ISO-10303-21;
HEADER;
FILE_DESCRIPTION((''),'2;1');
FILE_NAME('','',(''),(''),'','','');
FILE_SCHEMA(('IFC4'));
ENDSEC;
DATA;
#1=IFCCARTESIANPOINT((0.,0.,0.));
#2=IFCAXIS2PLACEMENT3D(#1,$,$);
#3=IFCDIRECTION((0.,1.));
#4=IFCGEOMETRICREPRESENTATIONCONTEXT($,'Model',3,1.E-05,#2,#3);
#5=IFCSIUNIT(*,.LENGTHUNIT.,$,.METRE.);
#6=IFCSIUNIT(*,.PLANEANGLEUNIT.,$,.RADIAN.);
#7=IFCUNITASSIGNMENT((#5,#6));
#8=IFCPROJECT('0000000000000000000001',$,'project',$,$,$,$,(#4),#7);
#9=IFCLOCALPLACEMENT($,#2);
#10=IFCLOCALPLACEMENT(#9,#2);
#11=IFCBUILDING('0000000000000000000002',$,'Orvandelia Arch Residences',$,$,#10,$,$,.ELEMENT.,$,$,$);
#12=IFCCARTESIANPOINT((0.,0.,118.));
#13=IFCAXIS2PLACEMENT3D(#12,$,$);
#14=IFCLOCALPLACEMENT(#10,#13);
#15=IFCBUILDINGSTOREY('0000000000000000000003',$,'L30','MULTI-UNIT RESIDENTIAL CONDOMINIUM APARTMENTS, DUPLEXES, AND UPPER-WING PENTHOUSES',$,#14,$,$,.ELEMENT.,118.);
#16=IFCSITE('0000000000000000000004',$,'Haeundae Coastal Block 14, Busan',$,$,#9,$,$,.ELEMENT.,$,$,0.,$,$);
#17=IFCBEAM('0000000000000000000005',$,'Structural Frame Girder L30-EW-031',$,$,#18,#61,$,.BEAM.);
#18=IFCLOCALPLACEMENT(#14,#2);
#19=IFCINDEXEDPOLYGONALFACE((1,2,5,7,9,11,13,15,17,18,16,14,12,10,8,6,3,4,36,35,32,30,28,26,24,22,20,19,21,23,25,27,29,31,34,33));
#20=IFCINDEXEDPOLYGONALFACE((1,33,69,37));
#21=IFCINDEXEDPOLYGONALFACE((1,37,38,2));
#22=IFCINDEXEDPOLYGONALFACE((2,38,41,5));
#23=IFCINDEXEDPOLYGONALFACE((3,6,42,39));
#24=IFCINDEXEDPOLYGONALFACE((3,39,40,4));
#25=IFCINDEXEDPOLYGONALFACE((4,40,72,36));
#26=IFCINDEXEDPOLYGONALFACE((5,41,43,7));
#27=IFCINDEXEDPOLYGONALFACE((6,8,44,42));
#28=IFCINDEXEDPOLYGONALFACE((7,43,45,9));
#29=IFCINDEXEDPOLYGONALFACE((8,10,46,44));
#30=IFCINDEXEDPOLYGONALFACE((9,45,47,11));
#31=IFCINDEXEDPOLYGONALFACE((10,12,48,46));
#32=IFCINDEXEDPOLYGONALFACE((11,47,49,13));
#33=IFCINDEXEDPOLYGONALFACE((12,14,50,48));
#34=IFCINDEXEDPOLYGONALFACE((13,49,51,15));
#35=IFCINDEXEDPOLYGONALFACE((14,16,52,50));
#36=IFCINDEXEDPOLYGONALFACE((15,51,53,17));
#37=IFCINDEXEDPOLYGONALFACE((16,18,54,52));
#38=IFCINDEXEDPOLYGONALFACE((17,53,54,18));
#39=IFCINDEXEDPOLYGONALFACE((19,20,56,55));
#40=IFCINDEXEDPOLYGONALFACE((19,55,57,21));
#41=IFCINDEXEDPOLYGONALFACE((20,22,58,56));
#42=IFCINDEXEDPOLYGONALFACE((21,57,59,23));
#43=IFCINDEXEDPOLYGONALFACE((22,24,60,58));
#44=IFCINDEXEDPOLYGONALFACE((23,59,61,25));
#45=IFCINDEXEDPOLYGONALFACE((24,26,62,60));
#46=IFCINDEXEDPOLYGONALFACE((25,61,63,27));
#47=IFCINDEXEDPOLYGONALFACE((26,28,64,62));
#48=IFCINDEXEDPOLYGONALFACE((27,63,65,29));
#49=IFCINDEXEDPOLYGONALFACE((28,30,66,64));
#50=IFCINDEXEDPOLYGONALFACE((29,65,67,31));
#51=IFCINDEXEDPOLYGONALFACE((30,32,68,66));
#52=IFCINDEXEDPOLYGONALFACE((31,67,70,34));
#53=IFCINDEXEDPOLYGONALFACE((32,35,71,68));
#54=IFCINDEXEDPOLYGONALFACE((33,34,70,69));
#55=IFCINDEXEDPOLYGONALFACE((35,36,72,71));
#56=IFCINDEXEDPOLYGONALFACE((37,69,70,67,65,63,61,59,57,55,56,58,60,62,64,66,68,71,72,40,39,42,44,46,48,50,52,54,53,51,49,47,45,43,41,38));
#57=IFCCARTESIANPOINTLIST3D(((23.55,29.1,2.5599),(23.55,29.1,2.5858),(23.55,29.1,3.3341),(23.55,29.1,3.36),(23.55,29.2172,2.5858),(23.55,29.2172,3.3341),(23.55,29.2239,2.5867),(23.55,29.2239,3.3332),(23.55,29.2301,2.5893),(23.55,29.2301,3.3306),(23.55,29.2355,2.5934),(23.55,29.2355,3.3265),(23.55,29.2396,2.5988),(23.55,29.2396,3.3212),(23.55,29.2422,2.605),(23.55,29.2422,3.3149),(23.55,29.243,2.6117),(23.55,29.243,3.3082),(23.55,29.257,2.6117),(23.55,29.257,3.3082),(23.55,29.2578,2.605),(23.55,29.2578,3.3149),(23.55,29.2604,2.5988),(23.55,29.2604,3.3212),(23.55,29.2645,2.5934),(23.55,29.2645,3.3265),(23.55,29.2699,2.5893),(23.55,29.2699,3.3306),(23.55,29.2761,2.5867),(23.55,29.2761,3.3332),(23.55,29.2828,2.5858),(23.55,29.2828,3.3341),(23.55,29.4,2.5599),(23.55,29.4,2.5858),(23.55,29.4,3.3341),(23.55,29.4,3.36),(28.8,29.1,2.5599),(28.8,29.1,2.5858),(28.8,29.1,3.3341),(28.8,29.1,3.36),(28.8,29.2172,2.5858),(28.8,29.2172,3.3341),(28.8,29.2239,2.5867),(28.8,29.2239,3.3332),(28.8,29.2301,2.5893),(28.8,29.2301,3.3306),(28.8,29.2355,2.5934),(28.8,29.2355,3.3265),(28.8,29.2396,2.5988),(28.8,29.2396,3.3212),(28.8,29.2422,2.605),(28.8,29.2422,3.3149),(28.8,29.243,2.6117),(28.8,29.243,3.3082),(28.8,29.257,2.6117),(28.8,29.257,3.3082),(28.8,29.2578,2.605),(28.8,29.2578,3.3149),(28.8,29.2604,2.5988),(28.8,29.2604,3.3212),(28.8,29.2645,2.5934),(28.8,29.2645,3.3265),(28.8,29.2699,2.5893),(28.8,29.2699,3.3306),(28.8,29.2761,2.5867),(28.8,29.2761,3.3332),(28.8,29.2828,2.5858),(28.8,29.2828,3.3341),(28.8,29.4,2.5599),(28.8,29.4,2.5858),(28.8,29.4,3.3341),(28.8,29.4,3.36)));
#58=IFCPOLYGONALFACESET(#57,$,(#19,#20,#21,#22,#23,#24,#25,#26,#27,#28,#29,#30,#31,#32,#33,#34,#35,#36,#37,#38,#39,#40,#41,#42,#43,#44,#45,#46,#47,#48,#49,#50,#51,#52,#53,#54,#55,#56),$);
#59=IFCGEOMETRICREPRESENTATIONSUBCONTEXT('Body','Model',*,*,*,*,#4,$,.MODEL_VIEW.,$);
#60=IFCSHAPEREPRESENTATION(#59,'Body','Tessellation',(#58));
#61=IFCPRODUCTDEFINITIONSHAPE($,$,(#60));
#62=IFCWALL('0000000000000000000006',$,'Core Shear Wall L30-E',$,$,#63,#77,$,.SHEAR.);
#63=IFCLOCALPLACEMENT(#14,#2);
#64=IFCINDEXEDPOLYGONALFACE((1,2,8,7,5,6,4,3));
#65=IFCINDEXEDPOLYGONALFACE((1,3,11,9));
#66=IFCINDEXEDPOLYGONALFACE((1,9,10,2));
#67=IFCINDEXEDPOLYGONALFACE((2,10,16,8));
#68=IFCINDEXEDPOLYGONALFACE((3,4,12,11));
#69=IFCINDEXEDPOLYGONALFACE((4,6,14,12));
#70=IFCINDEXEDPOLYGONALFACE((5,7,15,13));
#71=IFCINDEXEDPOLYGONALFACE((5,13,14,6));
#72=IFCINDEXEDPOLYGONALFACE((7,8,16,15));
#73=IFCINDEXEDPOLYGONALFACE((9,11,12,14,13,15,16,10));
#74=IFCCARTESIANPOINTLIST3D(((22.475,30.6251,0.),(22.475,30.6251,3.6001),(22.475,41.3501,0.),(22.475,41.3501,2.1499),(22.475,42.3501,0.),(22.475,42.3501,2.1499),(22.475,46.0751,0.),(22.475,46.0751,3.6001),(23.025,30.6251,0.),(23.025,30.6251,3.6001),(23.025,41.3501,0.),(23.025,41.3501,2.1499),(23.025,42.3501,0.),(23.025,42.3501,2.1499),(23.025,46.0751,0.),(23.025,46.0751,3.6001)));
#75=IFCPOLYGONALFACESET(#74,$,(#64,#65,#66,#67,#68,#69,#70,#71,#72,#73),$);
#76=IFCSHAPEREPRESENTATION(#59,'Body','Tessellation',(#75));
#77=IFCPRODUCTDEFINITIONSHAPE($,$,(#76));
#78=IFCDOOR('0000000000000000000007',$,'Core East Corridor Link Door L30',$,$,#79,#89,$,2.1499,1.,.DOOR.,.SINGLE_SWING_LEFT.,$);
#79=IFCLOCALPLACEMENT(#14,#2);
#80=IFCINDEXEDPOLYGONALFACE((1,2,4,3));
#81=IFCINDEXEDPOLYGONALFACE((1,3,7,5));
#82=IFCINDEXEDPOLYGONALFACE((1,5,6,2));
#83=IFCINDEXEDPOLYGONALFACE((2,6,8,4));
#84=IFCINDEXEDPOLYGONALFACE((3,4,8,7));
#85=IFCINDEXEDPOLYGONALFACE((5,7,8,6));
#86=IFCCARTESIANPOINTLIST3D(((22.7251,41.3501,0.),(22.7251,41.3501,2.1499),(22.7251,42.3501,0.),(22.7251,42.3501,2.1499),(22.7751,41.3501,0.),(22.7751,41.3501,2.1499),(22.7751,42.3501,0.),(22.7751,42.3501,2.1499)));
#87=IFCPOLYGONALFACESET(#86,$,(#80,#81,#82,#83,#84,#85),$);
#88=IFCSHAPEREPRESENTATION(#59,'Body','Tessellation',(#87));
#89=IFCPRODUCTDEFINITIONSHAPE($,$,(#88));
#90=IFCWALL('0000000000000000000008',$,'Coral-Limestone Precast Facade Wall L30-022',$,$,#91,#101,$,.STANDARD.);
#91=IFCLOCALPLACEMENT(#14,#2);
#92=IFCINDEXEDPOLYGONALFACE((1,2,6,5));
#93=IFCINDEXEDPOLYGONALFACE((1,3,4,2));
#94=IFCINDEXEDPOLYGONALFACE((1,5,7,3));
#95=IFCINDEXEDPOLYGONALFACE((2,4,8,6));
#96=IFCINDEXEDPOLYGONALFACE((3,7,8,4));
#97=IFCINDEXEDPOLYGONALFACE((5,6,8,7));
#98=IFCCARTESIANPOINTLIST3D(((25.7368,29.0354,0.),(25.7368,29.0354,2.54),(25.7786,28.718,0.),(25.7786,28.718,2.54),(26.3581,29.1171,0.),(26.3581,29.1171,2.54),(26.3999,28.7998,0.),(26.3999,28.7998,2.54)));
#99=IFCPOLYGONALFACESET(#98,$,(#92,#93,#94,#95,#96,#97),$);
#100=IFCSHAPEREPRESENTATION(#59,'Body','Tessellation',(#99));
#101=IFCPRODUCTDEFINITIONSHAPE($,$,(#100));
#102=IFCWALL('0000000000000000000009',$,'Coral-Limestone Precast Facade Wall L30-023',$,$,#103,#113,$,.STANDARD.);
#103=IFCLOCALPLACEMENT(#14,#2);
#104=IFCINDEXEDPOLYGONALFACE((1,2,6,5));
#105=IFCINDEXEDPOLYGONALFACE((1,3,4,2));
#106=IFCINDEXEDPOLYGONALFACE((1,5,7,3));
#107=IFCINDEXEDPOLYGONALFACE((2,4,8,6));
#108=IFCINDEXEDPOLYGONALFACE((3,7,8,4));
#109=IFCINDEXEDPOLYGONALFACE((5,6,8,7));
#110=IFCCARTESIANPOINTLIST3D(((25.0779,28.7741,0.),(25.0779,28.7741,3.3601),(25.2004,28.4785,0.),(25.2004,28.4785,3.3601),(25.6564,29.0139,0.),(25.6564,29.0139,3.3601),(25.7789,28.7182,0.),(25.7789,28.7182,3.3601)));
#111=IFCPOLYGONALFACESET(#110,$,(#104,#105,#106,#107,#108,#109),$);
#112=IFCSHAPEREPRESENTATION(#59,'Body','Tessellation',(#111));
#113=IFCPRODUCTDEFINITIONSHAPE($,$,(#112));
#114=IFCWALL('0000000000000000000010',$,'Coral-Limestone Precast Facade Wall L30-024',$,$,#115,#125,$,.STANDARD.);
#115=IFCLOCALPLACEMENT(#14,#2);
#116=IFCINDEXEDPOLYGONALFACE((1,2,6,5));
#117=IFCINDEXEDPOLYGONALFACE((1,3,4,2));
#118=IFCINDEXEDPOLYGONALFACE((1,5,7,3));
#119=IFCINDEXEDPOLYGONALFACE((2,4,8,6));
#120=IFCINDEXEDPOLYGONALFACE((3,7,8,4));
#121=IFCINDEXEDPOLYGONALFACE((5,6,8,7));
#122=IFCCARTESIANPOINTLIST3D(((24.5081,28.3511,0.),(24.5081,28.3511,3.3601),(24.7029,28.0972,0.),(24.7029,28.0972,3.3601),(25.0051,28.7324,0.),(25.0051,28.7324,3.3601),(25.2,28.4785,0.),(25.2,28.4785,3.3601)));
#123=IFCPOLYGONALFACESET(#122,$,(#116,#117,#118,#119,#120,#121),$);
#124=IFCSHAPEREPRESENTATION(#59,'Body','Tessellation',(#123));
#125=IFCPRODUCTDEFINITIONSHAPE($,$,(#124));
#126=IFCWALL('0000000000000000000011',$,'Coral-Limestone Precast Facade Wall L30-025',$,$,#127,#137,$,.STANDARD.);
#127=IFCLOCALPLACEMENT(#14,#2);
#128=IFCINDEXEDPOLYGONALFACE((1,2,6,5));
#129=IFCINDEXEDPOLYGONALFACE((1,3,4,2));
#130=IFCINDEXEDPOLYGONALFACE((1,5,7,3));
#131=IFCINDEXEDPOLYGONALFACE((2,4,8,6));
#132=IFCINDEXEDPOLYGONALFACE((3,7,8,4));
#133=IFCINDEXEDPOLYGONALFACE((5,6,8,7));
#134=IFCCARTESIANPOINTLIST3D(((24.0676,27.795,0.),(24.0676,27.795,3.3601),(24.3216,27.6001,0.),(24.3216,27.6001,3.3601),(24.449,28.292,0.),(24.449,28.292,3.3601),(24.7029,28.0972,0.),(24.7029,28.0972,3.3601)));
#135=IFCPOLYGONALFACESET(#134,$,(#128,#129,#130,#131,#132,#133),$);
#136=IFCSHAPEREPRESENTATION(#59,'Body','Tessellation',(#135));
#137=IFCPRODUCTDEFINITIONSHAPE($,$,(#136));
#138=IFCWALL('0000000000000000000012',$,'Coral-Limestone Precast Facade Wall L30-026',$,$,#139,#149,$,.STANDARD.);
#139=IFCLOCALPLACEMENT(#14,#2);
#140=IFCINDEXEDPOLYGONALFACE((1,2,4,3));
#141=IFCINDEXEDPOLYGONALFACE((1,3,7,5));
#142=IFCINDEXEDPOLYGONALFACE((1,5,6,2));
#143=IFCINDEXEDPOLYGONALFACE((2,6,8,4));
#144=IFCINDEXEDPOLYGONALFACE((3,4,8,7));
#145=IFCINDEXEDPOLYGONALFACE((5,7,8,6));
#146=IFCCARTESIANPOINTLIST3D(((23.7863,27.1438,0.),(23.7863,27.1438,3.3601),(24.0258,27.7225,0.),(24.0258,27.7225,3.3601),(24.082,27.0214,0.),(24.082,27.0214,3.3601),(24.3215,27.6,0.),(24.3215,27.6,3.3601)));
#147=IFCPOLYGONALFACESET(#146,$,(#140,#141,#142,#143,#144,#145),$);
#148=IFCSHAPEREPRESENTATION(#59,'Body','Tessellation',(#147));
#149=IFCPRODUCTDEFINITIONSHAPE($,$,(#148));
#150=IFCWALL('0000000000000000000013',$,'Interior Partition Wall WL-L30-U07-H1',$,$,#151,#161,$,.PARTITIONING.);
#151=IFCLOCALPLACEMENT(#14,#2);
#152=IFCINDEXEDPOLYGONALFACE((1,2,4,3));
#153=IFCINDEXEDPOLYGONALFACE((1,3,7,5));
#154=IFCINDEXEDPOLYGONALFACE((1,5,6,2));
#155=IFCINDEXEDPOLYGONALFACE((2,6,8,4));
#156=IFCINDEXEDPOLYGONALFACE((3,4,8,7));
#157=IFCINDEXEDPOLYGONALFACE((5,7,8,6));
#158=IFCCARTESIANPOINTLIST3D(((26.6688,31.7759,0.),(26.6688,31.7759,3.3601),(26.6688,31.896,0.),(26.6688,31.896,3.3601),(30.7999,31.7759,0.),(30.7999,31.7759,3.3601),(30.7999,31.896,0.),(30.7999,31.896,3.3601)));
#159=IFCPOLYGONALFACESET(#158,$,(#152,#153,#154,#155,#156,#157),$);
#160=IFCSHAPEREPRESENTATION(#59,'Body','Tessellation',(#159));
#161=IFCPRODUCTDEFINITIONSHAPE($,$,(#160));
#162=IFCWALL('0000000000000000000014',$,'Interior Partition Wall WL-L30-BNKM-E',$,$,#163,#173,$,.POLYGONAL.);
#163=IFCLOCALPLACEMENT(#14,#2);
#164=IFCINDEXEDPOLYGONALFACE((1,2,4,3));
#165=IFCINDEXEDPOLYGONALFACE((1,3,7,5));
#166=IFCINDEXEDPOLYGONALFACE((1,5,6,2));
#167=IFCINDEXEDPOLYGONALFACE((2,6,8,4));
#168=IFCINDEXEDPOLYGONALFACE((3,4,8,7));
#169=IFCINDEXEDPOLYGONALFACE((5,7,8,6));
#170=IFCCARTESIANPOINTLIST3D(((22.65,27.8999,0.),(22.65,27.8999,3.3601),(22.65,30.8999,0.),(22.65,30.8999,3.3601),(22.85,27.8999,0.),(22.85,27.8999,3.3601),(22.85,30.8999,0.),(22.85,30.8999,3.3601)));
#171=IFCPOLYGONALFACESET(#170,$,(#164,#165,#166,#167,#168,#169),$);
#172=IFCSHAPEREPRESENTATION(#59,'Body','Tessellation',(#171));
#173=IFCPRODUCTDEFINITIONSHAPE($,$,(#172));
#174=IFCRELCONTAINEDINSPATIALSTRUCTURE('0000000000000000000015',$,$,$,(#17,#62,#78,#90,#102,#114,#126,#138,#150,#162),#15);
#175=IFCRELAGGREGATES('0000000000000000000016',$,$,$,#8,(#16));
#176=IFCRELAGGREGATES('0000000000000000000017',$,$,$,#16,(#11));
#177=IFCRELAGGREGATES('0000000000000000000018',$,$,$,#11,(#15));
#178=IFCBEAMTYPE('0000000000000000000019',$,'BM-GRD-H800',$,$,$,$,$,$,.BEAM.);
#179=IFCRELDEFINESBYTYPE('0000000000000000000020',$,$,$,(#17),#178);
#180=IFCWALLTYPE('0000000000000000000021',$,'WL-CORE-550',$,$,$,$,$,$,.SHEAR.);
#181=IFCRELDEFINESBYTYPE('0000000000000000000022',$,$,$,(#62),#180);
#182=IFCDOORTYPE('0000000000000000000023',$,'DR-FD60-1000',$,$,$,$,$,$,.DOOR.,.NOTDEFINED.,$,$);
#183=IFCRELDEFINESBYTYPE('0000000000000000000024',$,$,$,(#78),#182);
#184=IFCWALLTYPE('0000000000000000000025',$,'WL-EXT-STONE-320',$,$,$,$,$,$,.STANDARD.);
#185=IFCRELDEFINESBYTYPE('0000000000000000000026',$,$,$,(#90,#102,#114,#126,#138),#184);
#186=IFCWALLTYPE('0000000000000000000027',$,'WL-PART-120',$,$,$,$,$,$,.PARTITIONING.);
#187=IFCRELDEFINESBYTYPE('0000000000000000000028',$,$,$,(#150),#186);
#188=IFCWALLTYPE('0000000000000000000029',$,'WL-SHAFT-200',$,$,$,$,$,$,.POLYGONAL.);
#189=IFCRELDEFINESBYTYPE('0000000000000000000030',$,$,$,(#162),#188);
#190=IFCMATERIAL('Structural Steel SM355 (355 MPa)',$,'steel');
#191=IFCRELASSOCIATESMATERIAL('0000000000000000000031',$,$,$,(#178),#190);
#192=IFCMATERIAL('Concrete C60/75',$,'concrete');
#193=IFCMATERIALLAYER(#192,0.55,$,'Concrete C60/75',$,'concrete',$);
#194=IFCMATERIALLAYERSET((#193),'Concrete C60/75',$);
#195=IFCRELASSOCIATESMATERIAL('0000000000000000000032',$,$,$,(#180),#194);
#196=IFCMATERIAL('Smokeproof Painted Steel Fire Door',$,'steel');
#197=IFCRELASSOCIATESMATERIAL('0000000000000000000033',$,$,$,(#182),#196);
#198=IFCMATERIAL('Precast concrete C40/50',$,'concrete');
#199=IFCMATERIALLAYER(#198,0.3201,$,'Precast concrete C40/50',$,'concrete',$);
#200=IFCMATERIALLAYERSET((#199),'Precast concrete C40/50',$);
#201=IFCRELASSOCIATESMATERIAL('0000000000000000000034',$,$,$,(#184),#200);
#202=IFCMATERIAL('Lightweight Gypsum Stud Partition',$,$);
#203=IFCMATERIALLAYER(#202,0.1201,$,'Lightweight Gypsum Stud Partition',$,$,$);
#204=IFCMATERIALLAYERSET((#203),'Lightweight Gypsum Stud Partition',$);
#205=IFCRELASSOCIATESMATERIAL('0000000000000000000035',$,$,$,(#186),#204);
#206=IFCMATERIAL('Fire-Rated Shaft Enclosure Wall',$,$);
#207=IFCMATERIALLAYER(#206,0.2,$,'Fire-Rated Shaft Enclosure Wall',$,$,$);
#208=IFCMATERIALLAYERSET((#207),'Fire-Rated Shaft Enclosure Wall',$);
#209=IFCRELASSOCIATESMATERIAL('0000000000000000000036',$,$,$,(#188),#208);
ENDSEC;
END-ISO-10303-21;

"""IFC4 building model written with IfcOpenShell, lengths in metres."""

from ifc_helpers import new_model, si_unit, direction, frame, frame_2d, origin, origin_2d, place, context, subcontext, project, spatial, rectangle, i_section, extrude, material, layer, layer_set, material_profile, profile_set, type_object, element, fill, save


model = new_model("IFC4")

# Units and contexts
model_context = context("Model", 3, precision=1e-05, world=origin(), true_north=direction((0.0, 1.0)))
body_context = subcontext(model_context, "Body", "Model", "MODEL_VIEW")
ifc_project = project(units=[si_unit("LENGTHUNIT", "METRE"), si_unit("PLANEANGLEUNIT", "RADIAN")], contexts=[model_context])

# Site, building, storey
site_placement = place(None, origin())
site = spatial("IfcSite", under=ifc_project, at=site_placement, Name="Haeundae Coastal Block 14, Busan", CompositionType="ELEMENT", RefElevation=0.0)
building_placement = place(site_placement, origin())
building = spatial("IfcBuilding", under=site, at=building_placement, Name="Orvandelia Arch Residences", CompositionType="ELEMENT")
storey_placement = place(building_placement, frame((0.0, 0.0, 118.0)))
storey = spatial("IfcBuildingStorey", under=building, at=storey_placement, Name="L30", Description="MULTI-UNIT RESIDENTIAL CONDOMINIUM APARTMENTS, DUPLEXES, AND UPPER-WING PENTHOUSES", CompositionType="ELEMENT", Elevation=118.0)

# Shared definitions
ifc_material_1 = material(Name="Concrete C60/75", Category="concrete")

# Beam
ifc_material_2 = material(Name="Structural Steel SM355 (355 MPa)", Category="steel")
ifc_material_profile_1 = material_profile(ifc_material_2, i_section(OverallWidth=0.3, OverallDepth=0.8, WebThickness=0.0139, FlangeThickness=0.0259, FilletRadius=0.0259, at=origin_2d()), Name="Structural Steel SM355 (355 MPa)", Category="steel")
ifc_profile_set_1 = profile_set([ifc_material_profile_1], Name="Structural Steel SM355 (355 MPa)")
beam_type = type_object("IfcBeamType", Name="BM-GRD-H800", PredefinedType="BEAM", material=ifc_profile_set_1)
beam_1_placement = place(storey_placement, frame((23.55, 29.25, 2.96), z_axis=(1.0, 0.0, 0.0), x_axis=(0.0, 1.0, 0.0)))
element("IfcBeam", 1, at=beam_1_placement, inside=storey, type_object=beam_type, Name="Structural Frame Girder L30-EW-031", PredefinedType="BEAM", context=body_context, shape_type="SweptSolid", body=[
    extrude(i_section(OverallWidth=0.3, OverallDepth=0.8, WebThickness=0.0139, FlangeThickness=0.0259, FilletRadius=0.0259, at=origin_2d()), origin(), (0.0, 0.0, 1.0), 5.25),
])

# Wall, opening, door
ifc_layer_1 = layer(ifc_material_1, 0.55, Name="Concrete C60/75", Category="concrete")
ifc_layer_set_1 = layer_set([ifc_layer_1], Name="Concrete C60/75")
wall_type_1 = type_object("IfcWallType", Name="WL-CORE-550", PredefinedType="SHEAR", material=ifc_layer_set_1)
wall_1_placement = place(storey_placement, frame((22.75, 30.625, 0.0), z_axis=(0.0, 0.0, 1.0), x_axis=(0.0, 1.0, 0.0)))
wall_1 = element("IfcWall", 2, at=wall_1_placement, inside=storey, type_object=wall_type_1, Name="Core Shear Wall L30-E", PredefinedType="SHEAR", context=body_context, shape_type="SweptSolid", body=[
    extrude(rectangle(XDim=15.45, YDim=0.55, at=frame_2d((7.7251, 0.0))), origin(), (0.0, 0.0, 1.0), 3.6001),
])
opening_1_placement = place(wall_1_placement, frame((10.7251, 0.0, 0.0)))
opening_1 = element("IfcOpeningElement", 3, at=opening_1_placement, cuts=wall_1, PredefinedType="OPENING", context=body_context, shape_type="SweptSolid", body=[
    extrude(rectangle(XDim=1.0, YDim=2.1499, at=frame_2d((0.5, 1.075))), frame((0.0, 0.2852, 0.0), z_axis=(0.0, -1.0, 0.0), x_axis=(1.0, 0.0, 0.0)), (0.0, 0.0, 1.0), 0.5701),
])
ifc_material_3 = material(Name="Smokeproof Painted Steel Fire Door", Category="steel")
door_type_1 = type_object("IfcDoorType", Name="DR-FD60-1000", OperationType="NOTDEFINED", PredefinedType="DOOR", material=ifc_material_3)
door_1_placement = place(opening_1_placement, origin())
door_1 = element("IfcDoor", 4, at=door_1_placement, inside=storey, type_object=door_type_1, Name="Core East Corridor Link Door L30", OperationType="SINGLE_SWING_LEFT", OverallHeight=2.1499, OverallWidth=1.0, PredefinedType="DOOR", context=body_context, shape_type="SweptSolid", body=[
    extrude(rectangle(XDim=1.0, YDim=2.1499, at=frame_2d((0.5, 1.075))), frame((0.0, 0.0249, 0.0), z_axis=(0.0, -1.0, 0.0), x_axis=(1.0, 0.0, 0.0)), (0.0, 0.0, 1.0), 0.05),
])
fill(opening_1, door_1)

# Walls
ifc_material_4 = material(Name="Precast concrete C40/50", Category="concrete")
ifc_layer_2 = layer(ifc_material_4, 0.3201, Name="Precast concrete C40/50", Category="concrete")
ifc_layer_set_2 = layer_set([ifc_layer_2], Name="Precast concrete C40/50")
wall_type_2 = type_object("IfcWallType", Name="WL-EXT-STONE-320", PredefinedType="STANDARD", material=ifc_layer_set_2)
wall_2_placement = place(storey_placement, frame((26.3792, 28.9585, 0.0), z_axis=(0.0, 0.0, 1.0), x_axis=(-0.991448, -0.130505, 0.0)))
element("IfcWall", 5, at=wall_2_placement, inside=storey, type_object=wall_type_2, Name="Coral-Limestone Precast Facade Wall L30-022", PredefinedType="STANDARD", context=body_context, shape_type="SweptSolid", body=[
    extrude(rectangle(XDim=0.6267, YDim=0.3201, at=frame_2d((0.3135, 0.0))), origin(), (0.0, 0.0, 1.0), 2.54),
])
wall_3_placement = place(storey_placement, frame((25.7175, 28.866, 0.0), z_axis=(0.0, 0.0, 1.0), x_axis=(-0.923836, -0.382788, 0.0)))
element("IfcWall", 6, at=wall_3_placement, inside=storey, type_object=wall_type_2, Name="Coral-Limestone Precast Facade Wall L30-023", PredefinedType="STANDARD", context=body_context, shape_type="SweptSolid", body=[
    extrude(rectangle(XDim=0.6262, YDim=0.3201, at=frame_2d((0.313, 0.0))), origin(), (0.0, 0.0, 1.0), 3.3601),
])
for number, where, z_axis, x_axis, name in (
    (7, (25.1025, 28.6055, 0.0), (0.0, 0.0, 1.0), (-0.793406, -0.608693, 0.0), "Coral-Limestone Precast Facade Wall L30-024"),
    (8, (24.5759, 28.1946, 0.0), (0.0, 0.0, 1.0), (-0.608693, -0.793406, 0.0), "Coral-Limestone Precast Facade Wall L30-025"),
):
    element("IfcWall", number, at=place(storey_placement, frame(where, z_axis=z_axis, x_axis=x_axis)), inside=storey, type_object=wall_type_2, Name=name, PredefinedType="STANDARD", context=body_context, shape_type="SweptSolid", body=[
        extrude(rectangle(XDim=0.6265, YDim=0.3201, at=frame_2d((0.3132, 0.0))), origin(), (0.0, 0.0, 1.0), 3.3601),
    ])
wall_4_placement = place(storey_placement, frame((24.1736, 27.6611, 0.0), z_axis=(0.0, 0.0, 1.0), x_axis=(-0.382455, -0.923974, 0.0)))
element("IfcWall", 9, at=wall_4_placement, inside=storey, type_object=wall_type_2, Name="Coral-Limestone Precast Facade Wall L30-026", PredefinedType="STANDARD", context=body_context, shape_type="SweptSolid", body=[
    extrude(rectangle(XDim=0.6262, YDim=0.3201, at=frame_2d((0.313, 0.0))), origin(), (0.0, 0.0, 1.0), 3.3601),
])
ifc_material_5 = material(Name="Lightweight Gypsum Stud Partition")
ifc_layer_3 = layer(ifc_material_5, 0.1201, Name="Lightweight Gypsum Stud Partition")
ifc_layer_set_3 = layer_set([ifc_layer_3], Name="Lightweight Gypsum Stud Partition")
wall_type_3 = type_object("IfcWallType", Name="WL-PART-120", PredefinedType="PARTITIONING", material=ifc_layer_set_3)
wall_5_placement = place(storey_placement, frame((26.6689, 31.8359, 0.0), z_axis=(0.0, 0.0, 1.0), x_axis=(1.0, 0.0, 0.0)))
element("IfcWall", 10, at=wall_5_placement, inside=storey, type_object=wall_type_3, Name="Interior Partition Wall WL-L30-U07-H1", PredefinedType="PARTITIONING", context=body_context, shape_type="SweptSolid", body=[
    extrude(rectangle(XDim=4.1311, YDim=0.1201, at=frame_2d((2.0654, 0.0))), origin(), (0.0, 0.0, 1.0), 3.3601),
])
ifc_material_6 = material(Name="Fire-Rated Shaft Enclosure Wall")
ifc_layer_4 = layer(ifc_material_6, 0.2, Name="Fire-Rated Shaft Enclosure Wall")
ifc_layer_set_4 = layer_set([ifc_layer_4], Name="Fire-Rated Shaft Enclosure Wall")
wall_type_4 = type_object("IfcWallType", Name="WL-SHAFT-200", PredefinedType="POLYGONAL", material=ifc_layer_set_4)
wall_6_placement = place(storey_placement, frame((22.75, 27.8999, 0.0), z_axis=(0.0, 0.0, 1.0), x_axis=(0.0, 1.0, 0.0)))
element("IfcWall", 11, at=wall_6_placement, inside=storey, type_object=wall_type_4, Name="Interior Partition Wall WL-L30-BNKM-E", PredefinedType="POLYGONAL", context=body_context, shape_type="SweptSolid", body=[
    extrude(rectangle(XDim=3.0, YDim=0.2, at=frame_2d((1.5, 0.0))), origin(), (0.0, 0.0, 1.0), 3.3601),
])

save(model, "model.ifc")
